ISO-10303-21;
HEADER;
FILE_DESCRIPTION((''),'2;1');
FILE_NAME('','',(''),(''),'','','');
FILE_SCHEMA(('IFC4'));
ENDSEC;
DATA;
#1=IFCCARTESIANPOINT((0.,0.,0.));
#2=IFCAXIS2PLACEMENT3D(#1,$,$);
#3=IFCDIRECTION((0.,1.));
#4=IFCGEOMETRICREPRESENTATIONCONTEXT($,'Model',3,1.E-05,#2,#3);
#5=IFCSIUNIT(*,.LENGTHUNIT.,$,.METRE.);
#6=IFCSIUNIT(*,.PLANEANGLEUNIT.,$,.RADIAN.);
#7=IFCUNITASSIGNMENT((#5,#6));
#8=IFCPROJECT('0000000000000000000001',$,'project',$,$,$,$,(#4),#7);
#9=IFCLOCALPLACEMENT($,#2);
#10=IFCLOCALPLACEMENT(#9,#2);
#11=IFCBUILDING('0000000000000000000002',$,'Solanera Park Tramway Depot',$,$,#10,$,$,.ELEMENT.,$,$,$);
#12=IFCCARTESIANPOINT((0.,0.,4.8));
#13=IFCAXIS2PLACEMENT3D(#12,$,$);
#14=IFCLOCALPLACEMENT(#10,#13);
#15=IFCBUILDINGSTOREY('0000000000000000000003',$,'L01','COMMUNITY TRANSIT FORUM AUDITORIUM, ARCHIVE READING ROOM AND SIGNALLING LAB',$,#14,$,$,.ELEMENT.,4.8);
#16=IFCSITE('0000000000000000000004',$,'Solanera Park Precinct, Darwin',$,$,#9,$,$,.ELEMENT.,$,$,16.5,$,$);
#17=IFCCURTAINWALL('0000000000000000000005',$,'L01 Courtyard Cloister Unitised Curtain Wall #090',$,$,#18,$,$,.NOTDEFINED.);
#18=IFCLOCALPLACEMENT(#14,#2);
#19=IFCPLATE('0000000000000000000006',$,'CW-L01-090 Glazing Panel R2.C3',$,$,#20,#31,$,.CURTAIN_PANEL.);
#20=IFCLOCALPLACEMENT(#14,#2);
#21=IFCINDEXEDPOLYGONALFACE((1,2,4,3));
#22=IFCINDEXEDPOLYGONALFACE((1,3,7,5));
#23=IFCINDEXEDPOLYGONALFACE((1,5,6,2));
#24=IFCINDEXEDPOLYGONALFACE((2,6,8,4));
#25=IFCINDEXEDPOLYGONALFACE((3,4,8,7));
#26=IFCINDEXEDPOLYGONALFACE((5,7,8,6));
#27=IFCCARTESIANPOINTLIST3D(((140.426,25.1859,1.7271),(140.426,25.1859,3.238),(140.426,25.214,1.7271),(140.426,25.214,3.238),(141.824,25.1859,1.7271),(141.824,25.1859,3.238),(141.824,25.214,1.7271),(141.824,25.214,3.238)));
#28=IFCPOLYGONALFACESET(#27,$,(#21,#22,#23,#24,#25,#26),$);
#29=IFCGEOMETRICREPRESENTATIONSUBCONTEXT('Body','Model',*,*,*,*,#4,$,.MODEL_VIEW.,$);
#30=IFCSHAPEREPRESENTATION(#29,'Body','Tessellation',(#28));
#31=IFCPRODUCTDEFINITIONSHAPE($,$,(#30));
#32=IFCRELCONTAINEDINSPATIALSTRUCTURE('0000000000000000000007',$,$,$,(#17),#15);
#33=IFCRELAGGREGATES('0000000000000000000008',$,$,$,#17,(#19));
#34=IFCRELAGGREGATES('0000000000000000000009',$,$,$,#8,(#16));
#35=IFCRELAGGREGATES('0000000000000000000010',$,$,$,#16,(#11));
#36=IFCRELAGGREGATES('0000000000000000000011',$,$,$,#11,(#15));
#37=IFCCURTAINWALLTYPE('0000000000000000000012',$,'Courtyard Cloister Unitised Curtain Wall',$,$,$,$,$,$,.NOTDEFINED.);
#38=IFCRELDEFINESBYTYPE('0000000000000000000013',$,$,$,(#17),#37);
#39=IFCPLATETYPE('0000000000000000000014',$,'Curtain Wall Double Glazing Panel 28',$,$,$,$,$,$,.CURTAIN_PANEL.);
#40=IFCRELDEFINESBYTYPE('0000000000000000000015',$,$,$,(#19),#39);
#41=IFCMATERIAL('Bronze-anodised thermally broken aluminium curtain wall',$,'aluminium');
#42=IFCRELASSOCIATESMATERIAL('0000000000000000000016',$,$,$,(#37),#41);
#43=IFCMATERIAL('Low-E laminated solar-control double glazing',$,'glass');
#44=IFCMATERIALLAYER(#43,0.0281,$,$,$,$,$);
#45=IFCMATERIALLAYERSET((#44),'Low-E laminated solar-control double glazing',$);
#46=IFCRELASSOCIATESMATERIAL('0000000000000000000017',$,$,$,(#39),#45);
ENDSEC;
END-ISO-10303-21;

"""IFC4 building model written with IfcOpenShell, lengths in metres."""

from ifc_helpers import new_model, si_unit, direction, frame, origin, origin_2d, place, context, subcontext, project, spatial, rectangle, extrude, material, layer, layer_set, type_object, element, aggregate, save


model = new_model("IFC4")

# Units and contexts
model_context = context("Model", 3, precision=1e-05, world=origin(), true_north=direction((0.0, 1.0)))
body_context = subcontext(model_context, "Body", "Model", "MODEL_VIEW")
ifc_project = project(units=[si_unit("LENGTHUNIT", "METRE"), si_unit("PLANEANGLEUNIT", "RADIAN")], contexts=[model_context])

# Site, building, storey
site_placement = place(None, origin())
site = spatial("IfcSite", under=ifc_project, at=site_placement, Name="Solanera Park Precinct, Darwin", CompositionType="ELEMENT", RefElevation=16.5)
building_placement = place(site_placement, origin())
building = spatial("IfcBuilding", under=site, at=building_placement, Name="Solanera Park Tramway Depot", CompositionType="ELEMENT")
storey_placement = place(building_placement, frame((0.0, 0.0, 4.8)))
storey = spatial("IfcBuildingStorey", under=building, at=storey_placement, Name="L01", Description="COMMUNITY TRANSIT FORUM AUDITORIUM, ARCHIVE READING ROOM AND SIGNALLING LAB", CompositionType="ELEMENT", Elevation=4.8)

# Curtain wall
ifc_material_1 = material(Name="Bronze-anodised thermally broken aluminium curtain wall", Category="aluminium")
curtain_wall_type = type_object("IfcCurtainWallType", Name="Courtyard Cloister Unitised Curtain Wall", PredefinedType="NOTDEFINED", material=ifc_material_1)
curtain_wall_1_placement = place(storey_placement, origin())
curtain_wall_1 = element("IfcCurtainWall", 1, at=curtain_wall_1_placement, inside=storey, type_object=curtain_wall_type, Name="L01 Courtyard Cloister Unitised Curtain Wall #090", PredefinedType="NOTDEFINED")

# Plate
ifc_material_2 = material(Name="Low-E laminated solar-control double glazing", Category="glass")
ifc_layer = layer(ifc_material_2, 0.0281)
ifc_layer_set = layer_set([ifc_layer], Name="Low-E laminated solar-control double glazing")
plate_type = type_object("IfcPlateType", Name="Curtain Wall Double Glazing Panel 28", PredefinedType="CURTAIN_PANEL", material=ifc_layer_set)
plate_1_placement = place(storey_placement, frame((141.125, 25.2, 1.7271), z_axis=(0.0, 0.0, 1.0), x_axis=(1.0, 0.0, 0.0)))
plate_1 = element("IfcPlate", 2, at=plate_1_placement, type_object=plate_type, Name="CW-L01-090 Glazing Panel R2.C3", PredefinedType="CURTAIN_PANEL", context=body_context, shape_type="SweptSolid", body=[
    extrude(rectangle(XDim=1.3979, YDim=0.0281, at=origin_2d()), origin(), (0.0, 0.0, 1.0), 1.511),
])
aggregate(curtain_wall_1, [plate_1])

save(model, "model.ifc")
